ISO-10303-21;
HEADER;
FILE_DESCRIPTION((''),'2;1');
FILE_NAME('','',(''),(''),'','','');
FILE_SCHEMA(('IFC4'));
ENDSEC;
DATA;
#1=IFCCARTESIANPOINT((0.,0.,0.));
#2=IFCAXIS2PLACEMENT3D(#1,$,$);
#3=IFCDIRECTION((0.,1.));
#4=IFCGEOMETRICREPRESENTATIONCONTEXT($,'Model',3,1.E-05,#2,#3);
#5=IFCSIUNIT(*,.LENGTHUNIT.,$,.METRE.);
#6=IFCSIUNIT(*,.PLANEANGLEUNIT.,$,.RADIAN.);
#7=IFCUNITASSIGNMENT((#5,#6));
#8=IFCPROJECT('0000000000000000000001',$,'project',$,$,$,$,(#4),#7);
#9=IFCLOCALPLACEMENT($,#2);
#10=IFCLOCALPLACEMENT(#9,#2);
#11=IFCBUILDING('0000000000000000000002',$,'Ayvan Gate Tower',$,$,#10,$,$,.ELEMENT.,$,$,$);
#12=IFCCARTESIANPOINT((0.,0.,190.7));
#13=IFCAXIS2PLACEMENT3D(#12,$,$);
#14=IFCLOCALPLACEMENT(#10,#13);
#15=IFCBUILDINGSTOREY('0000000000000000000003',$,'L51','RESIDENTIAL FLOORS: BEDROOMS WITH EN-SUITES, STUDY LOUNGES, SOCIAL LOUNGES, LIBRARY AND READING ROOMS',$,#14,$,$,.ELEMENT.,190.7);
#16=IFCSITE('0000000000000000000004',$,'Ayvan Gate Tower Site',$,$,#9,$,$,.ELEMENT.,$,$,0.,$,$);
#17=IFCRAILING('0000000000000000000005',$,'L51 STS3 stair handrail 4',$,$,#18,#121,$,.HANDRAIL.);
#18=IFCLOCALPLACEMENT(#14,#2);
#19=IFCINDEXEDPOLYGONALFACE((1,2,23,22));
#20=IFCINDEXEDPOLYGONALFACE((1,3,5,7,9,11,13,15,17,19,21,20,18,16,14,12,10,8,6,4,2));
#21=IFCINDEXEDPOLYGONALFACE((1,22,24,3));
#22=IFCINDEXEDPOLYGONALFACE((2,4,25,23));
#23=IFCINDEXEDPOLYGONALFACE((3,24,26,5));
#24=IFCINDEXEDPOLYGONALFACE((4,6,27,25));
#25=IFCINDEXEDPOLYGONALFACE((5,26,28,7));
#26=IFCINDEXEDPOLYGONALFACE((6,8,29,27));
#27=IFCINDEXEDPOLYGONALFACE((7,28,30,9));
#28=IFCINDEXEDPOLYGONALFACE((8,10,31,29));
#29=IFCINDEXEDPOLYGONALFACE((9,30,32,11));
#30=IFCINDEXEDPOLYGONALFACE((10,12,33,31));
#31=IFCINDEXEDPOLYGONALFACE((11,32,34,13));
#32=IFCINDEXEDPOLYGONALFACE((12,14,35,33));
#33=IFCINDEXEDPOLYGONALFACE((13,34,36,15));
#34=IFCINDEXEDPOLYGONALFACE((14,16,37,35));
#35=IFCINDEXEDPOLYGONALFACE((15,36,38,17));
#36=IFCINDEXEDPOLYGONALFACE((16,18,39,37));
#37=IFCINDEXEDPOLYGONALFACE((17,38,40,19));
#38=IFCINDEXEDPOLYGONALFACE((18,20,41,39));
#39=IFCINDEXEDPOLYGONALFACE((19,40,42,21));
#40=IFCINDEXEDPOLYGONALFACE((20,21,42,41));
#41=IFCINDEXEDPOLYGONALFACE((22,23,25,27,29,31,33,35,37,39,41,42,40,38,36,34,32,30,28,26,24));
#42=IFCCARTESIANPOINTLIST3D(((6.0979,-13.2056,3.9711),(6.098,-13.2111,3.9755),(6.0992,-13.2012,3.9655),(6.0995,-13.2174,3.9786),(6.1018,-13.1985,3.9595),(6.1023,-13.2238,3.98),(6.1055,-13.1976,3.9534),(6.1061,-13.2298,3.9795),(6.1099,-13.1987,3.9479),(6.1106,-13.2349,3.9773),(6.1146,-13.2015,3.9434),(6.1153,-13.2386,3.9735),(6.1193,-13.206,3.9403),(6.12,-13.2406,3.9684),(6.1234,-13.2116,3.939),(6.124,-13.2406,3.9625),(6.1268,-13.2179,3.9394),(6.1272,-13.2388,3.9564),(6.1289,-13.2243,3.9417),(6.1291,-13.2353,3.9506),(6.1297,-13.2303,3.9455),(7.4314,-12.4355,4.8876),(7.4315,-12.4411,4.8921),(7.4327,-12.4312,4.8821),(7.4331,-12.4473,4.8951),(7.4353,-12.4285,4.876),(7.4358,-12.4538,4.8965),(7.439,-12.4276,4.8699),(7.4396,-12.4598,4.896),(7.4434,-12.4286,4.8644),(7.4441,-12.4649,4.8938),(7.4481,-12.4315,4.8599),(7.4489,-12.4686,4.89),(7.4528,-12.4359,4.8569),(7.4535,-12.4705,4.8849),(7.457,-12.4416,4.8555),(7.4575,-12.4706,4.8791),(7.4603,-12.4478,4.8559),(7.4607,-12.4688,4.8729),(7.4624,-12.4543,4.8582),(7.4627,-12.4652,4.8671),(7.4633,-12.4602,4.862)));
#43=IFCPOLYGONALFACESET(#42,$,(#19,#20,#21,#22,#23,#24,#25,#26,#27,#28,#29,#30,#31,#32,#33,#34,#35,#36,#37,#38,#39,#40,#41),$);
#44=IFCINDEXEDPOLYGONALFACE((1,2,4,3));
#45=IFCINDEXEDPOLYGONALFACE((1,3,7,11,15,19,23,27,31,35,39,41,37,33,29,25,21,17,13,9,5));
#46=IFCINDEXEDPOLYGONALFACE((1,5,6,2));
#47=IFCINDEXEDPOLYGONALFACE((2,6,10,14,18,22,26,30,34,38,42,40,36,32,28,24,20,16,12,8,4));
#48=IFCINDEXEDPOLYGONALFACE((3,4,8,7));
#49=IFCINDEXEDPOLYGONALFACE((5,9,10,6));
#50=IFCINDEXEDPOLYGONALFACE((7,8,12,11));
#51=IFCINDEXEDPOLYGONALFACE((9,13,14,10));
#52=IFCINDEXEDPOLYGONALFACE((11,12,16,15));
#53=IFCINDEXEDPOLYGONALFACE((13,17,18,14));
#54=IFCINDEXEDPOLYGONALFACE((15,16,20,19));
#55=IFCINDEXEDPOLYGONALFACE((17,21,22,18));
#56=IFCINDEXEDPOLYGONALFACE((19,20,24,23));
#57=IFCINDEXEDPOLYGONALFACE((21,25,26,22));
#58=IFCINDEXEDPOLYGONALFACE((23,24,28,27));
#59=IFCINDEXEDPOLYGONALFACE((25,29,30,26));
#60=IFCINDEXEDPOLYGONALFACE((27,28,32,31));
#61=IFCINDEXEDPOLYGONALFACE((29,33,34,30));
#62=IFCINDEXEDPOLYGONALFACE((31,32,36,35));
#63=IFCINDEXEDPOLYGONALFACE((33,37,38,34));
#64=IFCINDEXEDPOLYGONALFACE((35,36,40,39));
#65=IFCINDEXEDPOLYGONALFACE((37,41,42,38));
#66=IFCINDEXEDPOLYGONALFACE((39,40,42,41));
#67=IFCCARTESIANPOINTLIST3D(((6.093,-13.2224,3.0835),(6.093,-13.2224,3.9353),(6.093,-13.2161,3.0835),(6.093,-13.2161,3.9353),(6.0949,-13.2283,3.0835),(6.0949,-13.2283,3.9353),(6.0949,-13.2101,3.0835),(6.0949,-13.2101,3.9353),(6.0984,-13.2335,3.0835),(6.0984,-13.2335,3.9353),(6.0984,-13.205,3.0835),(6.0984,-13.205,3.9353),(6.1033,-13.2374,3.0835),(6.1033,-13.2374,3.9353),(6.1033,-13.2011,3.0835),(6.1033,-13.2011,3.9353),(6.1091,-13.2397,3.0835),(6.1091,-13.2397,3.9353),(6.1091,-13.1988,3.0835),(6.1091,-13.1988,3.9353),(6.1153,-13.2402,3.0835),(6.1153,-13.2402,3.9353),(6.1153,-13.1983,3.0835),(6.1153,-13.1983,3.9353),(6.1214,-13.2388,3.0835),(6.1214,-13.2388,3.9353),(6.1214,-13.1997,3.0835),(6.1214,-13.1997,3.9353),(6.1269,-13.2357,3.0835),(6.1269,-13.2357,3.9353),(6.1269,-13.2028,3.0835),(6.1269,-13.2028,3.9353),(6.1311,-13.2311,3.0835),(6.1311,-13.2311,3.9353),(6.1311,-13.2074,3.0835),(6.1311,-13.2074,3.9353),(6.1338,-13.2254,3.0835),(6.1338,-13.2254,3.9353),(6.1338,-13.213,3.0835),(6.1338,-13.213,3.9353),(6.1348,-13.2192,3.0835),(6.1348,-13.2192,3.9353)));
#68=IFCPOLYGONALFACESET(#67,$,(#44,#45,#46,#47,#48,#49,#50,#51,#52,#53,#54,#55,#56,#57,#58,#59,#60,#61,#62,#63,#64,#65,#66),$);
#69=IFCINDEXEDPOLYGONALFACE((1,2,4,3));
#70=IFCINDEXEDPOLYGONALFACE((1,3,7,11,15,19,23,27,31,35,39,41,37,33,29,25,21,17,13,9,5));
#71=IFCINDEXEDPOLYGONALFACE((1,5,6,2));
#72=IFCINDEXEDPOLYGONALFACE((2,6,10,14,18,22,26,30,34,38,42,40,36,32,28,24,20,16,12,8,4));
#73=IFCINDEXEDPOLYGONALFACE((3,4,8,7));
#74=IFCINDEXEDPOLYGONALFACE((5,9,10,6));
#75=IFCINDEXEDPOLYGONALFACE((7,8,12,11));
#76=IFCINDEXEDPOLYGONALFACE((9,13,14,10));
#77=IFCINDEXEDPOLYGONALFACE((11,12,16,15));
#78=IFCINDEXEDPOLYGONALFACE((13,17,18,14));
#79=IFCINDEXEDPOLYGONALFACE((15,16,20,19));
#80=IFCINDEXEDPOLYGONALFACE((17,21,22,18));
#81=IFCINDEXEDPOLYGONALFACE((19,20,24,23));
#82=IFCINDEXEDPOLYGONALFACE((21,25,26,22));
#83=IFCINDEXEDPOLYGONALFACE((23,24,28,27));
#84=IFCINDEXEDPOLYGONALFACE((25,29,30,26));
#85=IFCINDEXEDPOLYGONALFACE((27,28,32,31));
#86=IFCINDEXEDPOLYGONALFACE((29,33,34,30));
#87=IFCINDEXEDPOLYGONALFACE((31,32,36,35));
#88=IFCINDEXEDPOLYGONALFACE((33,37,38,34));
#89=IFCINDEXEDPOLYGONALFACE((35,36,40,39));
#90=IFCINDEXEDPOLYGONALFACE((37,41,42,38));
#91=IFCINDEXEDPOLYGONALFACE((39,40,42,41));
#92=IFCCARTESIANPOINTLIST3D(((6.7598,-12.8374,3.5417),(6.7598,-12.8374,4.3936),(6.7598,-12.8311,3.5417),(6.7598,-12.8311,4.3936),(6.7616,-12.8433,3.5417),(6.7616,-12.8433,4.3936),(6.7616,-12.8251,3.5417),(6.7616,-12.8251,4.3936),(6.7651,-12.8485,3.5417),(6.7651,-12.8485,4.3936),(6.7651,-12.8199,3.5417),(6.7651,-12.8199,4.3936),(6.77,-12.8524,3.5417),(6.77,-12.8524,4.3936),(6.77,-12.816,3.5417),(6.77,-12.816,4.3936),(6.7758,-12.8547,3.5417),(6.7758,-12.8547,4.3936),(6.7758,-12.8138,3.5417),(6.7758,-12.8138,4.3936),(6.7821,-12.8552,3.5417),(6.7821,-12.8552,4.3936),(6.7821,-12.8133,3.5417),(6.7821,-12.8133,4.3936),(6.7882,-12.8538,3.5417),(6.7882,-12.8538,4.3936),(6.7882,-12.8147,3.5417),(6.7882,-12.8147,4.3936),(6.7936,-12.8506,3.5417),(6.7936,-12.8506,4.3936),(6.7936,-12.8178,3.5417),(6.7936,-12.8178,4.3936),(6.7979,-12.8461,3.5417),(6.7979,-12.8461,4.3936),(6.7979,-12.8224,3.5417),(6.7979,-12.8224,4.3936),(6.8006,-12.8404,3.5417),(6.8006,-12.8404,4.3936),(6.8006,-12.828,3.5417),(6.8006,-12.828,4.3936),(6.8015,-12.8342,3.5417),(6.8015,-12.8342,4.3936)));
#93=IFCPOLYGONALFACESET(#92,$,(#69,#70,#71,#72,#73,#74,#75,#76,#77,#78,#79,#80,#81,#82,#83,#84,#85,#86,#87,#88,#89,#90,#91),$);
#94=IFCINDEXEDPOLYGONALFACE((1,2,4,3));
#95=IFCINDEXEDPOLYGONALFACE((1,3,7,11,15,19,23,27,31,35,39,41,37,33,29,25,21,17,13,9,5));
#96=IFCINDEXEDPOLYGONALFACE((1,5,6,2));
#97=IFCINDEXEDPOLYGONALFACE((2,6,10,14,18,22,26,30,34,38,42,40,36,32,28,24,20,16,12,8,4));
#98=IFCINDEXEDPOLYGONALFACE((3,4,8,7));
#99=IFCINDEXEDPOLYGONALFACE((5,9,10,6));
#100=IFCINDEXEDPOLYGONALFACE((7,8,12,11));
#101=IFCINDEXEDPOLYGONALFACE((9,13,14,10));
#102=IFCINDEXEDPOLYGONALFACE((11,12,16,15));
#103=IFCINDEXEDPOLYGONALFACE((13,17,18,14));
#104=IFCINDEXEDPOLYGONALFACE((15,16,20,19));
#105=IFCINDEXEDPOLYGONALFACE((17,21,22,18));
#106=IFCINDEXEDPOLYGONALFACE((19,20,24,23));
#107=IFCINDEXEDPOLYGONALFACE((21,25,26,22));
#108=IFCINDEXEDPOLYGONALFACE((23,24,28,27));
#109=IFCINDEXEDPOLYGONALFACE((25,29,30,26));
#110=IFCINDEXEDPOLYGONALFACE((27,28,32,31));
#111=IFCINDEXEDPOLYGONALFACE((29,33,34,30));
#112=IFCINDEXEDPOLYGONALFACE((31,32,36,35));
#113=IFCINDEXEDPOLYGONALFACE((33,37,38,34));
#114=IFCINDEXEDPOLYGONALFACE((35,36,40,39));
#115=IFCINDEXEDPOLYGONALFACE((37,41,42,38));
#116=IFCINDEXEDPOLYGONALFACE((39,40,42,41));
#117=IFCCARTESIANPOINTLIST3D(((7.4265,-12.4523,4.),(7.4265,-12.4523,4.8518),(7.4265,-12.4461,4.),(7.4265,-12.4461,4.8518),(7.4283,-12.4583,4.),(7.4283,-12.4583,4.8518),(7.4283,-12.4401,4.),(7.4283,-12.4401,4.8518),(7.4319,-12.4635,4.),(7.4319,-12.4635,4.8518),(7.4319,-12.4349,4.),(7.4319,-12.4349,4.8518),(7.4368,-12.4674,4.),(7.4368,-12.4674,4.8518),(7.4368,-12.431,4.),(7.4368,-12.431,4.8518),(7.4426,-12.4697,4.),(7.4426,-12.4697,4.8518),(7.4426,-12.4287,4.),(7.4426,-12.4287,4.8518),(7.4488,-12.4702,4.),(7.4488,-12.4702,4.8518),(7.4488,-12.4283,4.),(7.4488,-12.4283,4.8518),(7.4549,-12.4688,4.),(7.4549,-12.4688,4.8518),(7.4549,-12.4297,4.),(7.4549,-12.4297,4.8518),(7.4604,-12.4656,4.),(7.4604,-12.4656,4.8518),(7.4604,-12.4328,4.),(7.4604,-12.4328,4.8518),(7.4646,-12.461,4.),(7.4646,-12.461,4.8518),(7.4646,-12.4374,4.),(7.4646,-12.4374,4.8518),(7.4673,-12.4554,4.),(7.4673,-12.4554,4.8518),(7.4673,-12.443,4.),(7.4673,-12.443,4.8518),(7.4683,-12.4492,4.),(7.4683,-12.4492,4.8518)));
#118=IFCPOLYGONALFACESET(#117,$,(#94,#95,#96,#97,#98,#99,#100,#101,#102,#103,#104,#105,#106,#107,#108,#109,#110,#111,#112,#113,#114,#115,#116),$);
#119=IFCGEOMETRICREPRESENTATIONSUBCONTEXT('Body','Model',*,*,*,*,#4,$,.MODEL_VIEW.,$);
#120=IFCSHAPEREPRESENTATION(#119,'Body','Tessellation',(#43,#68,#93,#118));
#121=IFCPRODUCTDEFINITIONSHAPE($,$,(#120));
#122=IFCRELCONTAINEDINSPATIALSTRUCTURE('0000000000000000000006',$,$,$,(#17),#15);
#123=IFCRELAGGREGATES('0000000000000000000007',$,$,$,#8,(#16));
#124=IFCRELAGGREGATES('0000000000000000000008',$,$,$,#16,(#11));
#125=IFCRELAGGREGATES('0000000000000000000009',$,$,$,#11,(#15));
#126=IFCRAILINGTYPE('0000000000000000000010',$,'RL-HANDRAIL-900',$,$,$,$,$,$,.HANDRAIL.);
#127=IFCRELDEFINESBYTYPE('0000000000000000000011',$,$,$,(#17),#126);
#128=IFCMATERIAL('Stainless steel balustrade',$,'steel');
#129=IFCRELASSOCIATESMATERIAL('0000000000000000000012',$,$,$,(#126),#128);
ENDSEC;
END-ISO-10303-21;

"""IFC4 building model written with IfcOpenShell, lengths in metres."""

from ifc_helpers import new_model, si_unit, direction, frame, origin, origin_2d, place, context, subcontext, project, spatial, circle, extrude, material, type_object, element, save


model = new_model("IFC4")

# Units and contexts
model_context = context("Model", 3, precision=1e-05, world=origin(), true_north=direction((0.0, 1.0)))
body_context = subcontext(model_context, "Body", "Model", "MODEL_VIEW")
ifc_project = project(units=[si_unit("LENGTHUNIT", "METRE"), si_unit("PLANEANGLEUNIT", "RADIAN")], contexts=[model_context])

# Site, building, storey
site_placement = place(None, origin())
site = spatial("IfcSite", under=ifc_project, at=site_placement, Name="Ayvan Gate Tower Site", CompositionType="ELEMENT", RefElevation=0.0)
building_placement = place(site_placement, origin())
building = spatial("IfcBuilding", under=site, at=building_placement, Name="Ayvan Gate Tower", CompositionType="ELEMENT")
storey_placement = place(building_placement, frame((0.0, 0.0, 190.7)))
storey = spatial("IfcBuildingStorey", under=building, at=storey_placement, Name="L51", Description="RESIDENTIAL FLOORS: BEDROOMS WITH EN-SUITES, STUDY LOUNGES, SOCIAL LOUNGES, LIBRARY AND READING ROOMS", CompositionType="ELEMENT", Elevation=190.7)

# Railing
ifc_material_1 = material(Name="Stainless steel balustrade", Category="steel")
railing_type_1 = type_object("IfcRailingType", Name="RL-HANDRAIL-900", PredefinedType="HANDRAIL", material=ifc_material_1)
railing_1_placement = place(storey_placement, frame((6.1138, -13.2192, 3.0835)))
element("IfcRailing", 1, at=railing_1_placement, inside=storey, type_object=railing_type_1, Name="L51 STS3 stair handrail 4", PredefinedType="HANDRAIL", context=body_context, shape_type="SweptSolid", body=[
    extrude(circle(Radius=0.0239, at=origin_2d()), frame((0.0, 0.0, 0.876), z_axis=(0.744155, 0.429708, 0.511453), x_axis=(-0.500061, 0.86599, 0.0)), (0.0, 0.0, 1.0), 1.792),
    extrude(circle(Radius=0.021, at=origin_2d()), origin(), (0.0, 0.0, 1.0), 0.8518),
    extrude(circle(Radius=0.021, at=origin_2d()), frame((0.6667, 0.385, 0.4583)), (0.0, 0.0, 1.0), 0.8518),
    extrude(circle(Radius=0.021, at=origin_2d()), frame((1.3335, 0.77, 0.9165)), (0.0, 0.0, 1.0), 0.8518),
])

save(model, "model.ifc")
